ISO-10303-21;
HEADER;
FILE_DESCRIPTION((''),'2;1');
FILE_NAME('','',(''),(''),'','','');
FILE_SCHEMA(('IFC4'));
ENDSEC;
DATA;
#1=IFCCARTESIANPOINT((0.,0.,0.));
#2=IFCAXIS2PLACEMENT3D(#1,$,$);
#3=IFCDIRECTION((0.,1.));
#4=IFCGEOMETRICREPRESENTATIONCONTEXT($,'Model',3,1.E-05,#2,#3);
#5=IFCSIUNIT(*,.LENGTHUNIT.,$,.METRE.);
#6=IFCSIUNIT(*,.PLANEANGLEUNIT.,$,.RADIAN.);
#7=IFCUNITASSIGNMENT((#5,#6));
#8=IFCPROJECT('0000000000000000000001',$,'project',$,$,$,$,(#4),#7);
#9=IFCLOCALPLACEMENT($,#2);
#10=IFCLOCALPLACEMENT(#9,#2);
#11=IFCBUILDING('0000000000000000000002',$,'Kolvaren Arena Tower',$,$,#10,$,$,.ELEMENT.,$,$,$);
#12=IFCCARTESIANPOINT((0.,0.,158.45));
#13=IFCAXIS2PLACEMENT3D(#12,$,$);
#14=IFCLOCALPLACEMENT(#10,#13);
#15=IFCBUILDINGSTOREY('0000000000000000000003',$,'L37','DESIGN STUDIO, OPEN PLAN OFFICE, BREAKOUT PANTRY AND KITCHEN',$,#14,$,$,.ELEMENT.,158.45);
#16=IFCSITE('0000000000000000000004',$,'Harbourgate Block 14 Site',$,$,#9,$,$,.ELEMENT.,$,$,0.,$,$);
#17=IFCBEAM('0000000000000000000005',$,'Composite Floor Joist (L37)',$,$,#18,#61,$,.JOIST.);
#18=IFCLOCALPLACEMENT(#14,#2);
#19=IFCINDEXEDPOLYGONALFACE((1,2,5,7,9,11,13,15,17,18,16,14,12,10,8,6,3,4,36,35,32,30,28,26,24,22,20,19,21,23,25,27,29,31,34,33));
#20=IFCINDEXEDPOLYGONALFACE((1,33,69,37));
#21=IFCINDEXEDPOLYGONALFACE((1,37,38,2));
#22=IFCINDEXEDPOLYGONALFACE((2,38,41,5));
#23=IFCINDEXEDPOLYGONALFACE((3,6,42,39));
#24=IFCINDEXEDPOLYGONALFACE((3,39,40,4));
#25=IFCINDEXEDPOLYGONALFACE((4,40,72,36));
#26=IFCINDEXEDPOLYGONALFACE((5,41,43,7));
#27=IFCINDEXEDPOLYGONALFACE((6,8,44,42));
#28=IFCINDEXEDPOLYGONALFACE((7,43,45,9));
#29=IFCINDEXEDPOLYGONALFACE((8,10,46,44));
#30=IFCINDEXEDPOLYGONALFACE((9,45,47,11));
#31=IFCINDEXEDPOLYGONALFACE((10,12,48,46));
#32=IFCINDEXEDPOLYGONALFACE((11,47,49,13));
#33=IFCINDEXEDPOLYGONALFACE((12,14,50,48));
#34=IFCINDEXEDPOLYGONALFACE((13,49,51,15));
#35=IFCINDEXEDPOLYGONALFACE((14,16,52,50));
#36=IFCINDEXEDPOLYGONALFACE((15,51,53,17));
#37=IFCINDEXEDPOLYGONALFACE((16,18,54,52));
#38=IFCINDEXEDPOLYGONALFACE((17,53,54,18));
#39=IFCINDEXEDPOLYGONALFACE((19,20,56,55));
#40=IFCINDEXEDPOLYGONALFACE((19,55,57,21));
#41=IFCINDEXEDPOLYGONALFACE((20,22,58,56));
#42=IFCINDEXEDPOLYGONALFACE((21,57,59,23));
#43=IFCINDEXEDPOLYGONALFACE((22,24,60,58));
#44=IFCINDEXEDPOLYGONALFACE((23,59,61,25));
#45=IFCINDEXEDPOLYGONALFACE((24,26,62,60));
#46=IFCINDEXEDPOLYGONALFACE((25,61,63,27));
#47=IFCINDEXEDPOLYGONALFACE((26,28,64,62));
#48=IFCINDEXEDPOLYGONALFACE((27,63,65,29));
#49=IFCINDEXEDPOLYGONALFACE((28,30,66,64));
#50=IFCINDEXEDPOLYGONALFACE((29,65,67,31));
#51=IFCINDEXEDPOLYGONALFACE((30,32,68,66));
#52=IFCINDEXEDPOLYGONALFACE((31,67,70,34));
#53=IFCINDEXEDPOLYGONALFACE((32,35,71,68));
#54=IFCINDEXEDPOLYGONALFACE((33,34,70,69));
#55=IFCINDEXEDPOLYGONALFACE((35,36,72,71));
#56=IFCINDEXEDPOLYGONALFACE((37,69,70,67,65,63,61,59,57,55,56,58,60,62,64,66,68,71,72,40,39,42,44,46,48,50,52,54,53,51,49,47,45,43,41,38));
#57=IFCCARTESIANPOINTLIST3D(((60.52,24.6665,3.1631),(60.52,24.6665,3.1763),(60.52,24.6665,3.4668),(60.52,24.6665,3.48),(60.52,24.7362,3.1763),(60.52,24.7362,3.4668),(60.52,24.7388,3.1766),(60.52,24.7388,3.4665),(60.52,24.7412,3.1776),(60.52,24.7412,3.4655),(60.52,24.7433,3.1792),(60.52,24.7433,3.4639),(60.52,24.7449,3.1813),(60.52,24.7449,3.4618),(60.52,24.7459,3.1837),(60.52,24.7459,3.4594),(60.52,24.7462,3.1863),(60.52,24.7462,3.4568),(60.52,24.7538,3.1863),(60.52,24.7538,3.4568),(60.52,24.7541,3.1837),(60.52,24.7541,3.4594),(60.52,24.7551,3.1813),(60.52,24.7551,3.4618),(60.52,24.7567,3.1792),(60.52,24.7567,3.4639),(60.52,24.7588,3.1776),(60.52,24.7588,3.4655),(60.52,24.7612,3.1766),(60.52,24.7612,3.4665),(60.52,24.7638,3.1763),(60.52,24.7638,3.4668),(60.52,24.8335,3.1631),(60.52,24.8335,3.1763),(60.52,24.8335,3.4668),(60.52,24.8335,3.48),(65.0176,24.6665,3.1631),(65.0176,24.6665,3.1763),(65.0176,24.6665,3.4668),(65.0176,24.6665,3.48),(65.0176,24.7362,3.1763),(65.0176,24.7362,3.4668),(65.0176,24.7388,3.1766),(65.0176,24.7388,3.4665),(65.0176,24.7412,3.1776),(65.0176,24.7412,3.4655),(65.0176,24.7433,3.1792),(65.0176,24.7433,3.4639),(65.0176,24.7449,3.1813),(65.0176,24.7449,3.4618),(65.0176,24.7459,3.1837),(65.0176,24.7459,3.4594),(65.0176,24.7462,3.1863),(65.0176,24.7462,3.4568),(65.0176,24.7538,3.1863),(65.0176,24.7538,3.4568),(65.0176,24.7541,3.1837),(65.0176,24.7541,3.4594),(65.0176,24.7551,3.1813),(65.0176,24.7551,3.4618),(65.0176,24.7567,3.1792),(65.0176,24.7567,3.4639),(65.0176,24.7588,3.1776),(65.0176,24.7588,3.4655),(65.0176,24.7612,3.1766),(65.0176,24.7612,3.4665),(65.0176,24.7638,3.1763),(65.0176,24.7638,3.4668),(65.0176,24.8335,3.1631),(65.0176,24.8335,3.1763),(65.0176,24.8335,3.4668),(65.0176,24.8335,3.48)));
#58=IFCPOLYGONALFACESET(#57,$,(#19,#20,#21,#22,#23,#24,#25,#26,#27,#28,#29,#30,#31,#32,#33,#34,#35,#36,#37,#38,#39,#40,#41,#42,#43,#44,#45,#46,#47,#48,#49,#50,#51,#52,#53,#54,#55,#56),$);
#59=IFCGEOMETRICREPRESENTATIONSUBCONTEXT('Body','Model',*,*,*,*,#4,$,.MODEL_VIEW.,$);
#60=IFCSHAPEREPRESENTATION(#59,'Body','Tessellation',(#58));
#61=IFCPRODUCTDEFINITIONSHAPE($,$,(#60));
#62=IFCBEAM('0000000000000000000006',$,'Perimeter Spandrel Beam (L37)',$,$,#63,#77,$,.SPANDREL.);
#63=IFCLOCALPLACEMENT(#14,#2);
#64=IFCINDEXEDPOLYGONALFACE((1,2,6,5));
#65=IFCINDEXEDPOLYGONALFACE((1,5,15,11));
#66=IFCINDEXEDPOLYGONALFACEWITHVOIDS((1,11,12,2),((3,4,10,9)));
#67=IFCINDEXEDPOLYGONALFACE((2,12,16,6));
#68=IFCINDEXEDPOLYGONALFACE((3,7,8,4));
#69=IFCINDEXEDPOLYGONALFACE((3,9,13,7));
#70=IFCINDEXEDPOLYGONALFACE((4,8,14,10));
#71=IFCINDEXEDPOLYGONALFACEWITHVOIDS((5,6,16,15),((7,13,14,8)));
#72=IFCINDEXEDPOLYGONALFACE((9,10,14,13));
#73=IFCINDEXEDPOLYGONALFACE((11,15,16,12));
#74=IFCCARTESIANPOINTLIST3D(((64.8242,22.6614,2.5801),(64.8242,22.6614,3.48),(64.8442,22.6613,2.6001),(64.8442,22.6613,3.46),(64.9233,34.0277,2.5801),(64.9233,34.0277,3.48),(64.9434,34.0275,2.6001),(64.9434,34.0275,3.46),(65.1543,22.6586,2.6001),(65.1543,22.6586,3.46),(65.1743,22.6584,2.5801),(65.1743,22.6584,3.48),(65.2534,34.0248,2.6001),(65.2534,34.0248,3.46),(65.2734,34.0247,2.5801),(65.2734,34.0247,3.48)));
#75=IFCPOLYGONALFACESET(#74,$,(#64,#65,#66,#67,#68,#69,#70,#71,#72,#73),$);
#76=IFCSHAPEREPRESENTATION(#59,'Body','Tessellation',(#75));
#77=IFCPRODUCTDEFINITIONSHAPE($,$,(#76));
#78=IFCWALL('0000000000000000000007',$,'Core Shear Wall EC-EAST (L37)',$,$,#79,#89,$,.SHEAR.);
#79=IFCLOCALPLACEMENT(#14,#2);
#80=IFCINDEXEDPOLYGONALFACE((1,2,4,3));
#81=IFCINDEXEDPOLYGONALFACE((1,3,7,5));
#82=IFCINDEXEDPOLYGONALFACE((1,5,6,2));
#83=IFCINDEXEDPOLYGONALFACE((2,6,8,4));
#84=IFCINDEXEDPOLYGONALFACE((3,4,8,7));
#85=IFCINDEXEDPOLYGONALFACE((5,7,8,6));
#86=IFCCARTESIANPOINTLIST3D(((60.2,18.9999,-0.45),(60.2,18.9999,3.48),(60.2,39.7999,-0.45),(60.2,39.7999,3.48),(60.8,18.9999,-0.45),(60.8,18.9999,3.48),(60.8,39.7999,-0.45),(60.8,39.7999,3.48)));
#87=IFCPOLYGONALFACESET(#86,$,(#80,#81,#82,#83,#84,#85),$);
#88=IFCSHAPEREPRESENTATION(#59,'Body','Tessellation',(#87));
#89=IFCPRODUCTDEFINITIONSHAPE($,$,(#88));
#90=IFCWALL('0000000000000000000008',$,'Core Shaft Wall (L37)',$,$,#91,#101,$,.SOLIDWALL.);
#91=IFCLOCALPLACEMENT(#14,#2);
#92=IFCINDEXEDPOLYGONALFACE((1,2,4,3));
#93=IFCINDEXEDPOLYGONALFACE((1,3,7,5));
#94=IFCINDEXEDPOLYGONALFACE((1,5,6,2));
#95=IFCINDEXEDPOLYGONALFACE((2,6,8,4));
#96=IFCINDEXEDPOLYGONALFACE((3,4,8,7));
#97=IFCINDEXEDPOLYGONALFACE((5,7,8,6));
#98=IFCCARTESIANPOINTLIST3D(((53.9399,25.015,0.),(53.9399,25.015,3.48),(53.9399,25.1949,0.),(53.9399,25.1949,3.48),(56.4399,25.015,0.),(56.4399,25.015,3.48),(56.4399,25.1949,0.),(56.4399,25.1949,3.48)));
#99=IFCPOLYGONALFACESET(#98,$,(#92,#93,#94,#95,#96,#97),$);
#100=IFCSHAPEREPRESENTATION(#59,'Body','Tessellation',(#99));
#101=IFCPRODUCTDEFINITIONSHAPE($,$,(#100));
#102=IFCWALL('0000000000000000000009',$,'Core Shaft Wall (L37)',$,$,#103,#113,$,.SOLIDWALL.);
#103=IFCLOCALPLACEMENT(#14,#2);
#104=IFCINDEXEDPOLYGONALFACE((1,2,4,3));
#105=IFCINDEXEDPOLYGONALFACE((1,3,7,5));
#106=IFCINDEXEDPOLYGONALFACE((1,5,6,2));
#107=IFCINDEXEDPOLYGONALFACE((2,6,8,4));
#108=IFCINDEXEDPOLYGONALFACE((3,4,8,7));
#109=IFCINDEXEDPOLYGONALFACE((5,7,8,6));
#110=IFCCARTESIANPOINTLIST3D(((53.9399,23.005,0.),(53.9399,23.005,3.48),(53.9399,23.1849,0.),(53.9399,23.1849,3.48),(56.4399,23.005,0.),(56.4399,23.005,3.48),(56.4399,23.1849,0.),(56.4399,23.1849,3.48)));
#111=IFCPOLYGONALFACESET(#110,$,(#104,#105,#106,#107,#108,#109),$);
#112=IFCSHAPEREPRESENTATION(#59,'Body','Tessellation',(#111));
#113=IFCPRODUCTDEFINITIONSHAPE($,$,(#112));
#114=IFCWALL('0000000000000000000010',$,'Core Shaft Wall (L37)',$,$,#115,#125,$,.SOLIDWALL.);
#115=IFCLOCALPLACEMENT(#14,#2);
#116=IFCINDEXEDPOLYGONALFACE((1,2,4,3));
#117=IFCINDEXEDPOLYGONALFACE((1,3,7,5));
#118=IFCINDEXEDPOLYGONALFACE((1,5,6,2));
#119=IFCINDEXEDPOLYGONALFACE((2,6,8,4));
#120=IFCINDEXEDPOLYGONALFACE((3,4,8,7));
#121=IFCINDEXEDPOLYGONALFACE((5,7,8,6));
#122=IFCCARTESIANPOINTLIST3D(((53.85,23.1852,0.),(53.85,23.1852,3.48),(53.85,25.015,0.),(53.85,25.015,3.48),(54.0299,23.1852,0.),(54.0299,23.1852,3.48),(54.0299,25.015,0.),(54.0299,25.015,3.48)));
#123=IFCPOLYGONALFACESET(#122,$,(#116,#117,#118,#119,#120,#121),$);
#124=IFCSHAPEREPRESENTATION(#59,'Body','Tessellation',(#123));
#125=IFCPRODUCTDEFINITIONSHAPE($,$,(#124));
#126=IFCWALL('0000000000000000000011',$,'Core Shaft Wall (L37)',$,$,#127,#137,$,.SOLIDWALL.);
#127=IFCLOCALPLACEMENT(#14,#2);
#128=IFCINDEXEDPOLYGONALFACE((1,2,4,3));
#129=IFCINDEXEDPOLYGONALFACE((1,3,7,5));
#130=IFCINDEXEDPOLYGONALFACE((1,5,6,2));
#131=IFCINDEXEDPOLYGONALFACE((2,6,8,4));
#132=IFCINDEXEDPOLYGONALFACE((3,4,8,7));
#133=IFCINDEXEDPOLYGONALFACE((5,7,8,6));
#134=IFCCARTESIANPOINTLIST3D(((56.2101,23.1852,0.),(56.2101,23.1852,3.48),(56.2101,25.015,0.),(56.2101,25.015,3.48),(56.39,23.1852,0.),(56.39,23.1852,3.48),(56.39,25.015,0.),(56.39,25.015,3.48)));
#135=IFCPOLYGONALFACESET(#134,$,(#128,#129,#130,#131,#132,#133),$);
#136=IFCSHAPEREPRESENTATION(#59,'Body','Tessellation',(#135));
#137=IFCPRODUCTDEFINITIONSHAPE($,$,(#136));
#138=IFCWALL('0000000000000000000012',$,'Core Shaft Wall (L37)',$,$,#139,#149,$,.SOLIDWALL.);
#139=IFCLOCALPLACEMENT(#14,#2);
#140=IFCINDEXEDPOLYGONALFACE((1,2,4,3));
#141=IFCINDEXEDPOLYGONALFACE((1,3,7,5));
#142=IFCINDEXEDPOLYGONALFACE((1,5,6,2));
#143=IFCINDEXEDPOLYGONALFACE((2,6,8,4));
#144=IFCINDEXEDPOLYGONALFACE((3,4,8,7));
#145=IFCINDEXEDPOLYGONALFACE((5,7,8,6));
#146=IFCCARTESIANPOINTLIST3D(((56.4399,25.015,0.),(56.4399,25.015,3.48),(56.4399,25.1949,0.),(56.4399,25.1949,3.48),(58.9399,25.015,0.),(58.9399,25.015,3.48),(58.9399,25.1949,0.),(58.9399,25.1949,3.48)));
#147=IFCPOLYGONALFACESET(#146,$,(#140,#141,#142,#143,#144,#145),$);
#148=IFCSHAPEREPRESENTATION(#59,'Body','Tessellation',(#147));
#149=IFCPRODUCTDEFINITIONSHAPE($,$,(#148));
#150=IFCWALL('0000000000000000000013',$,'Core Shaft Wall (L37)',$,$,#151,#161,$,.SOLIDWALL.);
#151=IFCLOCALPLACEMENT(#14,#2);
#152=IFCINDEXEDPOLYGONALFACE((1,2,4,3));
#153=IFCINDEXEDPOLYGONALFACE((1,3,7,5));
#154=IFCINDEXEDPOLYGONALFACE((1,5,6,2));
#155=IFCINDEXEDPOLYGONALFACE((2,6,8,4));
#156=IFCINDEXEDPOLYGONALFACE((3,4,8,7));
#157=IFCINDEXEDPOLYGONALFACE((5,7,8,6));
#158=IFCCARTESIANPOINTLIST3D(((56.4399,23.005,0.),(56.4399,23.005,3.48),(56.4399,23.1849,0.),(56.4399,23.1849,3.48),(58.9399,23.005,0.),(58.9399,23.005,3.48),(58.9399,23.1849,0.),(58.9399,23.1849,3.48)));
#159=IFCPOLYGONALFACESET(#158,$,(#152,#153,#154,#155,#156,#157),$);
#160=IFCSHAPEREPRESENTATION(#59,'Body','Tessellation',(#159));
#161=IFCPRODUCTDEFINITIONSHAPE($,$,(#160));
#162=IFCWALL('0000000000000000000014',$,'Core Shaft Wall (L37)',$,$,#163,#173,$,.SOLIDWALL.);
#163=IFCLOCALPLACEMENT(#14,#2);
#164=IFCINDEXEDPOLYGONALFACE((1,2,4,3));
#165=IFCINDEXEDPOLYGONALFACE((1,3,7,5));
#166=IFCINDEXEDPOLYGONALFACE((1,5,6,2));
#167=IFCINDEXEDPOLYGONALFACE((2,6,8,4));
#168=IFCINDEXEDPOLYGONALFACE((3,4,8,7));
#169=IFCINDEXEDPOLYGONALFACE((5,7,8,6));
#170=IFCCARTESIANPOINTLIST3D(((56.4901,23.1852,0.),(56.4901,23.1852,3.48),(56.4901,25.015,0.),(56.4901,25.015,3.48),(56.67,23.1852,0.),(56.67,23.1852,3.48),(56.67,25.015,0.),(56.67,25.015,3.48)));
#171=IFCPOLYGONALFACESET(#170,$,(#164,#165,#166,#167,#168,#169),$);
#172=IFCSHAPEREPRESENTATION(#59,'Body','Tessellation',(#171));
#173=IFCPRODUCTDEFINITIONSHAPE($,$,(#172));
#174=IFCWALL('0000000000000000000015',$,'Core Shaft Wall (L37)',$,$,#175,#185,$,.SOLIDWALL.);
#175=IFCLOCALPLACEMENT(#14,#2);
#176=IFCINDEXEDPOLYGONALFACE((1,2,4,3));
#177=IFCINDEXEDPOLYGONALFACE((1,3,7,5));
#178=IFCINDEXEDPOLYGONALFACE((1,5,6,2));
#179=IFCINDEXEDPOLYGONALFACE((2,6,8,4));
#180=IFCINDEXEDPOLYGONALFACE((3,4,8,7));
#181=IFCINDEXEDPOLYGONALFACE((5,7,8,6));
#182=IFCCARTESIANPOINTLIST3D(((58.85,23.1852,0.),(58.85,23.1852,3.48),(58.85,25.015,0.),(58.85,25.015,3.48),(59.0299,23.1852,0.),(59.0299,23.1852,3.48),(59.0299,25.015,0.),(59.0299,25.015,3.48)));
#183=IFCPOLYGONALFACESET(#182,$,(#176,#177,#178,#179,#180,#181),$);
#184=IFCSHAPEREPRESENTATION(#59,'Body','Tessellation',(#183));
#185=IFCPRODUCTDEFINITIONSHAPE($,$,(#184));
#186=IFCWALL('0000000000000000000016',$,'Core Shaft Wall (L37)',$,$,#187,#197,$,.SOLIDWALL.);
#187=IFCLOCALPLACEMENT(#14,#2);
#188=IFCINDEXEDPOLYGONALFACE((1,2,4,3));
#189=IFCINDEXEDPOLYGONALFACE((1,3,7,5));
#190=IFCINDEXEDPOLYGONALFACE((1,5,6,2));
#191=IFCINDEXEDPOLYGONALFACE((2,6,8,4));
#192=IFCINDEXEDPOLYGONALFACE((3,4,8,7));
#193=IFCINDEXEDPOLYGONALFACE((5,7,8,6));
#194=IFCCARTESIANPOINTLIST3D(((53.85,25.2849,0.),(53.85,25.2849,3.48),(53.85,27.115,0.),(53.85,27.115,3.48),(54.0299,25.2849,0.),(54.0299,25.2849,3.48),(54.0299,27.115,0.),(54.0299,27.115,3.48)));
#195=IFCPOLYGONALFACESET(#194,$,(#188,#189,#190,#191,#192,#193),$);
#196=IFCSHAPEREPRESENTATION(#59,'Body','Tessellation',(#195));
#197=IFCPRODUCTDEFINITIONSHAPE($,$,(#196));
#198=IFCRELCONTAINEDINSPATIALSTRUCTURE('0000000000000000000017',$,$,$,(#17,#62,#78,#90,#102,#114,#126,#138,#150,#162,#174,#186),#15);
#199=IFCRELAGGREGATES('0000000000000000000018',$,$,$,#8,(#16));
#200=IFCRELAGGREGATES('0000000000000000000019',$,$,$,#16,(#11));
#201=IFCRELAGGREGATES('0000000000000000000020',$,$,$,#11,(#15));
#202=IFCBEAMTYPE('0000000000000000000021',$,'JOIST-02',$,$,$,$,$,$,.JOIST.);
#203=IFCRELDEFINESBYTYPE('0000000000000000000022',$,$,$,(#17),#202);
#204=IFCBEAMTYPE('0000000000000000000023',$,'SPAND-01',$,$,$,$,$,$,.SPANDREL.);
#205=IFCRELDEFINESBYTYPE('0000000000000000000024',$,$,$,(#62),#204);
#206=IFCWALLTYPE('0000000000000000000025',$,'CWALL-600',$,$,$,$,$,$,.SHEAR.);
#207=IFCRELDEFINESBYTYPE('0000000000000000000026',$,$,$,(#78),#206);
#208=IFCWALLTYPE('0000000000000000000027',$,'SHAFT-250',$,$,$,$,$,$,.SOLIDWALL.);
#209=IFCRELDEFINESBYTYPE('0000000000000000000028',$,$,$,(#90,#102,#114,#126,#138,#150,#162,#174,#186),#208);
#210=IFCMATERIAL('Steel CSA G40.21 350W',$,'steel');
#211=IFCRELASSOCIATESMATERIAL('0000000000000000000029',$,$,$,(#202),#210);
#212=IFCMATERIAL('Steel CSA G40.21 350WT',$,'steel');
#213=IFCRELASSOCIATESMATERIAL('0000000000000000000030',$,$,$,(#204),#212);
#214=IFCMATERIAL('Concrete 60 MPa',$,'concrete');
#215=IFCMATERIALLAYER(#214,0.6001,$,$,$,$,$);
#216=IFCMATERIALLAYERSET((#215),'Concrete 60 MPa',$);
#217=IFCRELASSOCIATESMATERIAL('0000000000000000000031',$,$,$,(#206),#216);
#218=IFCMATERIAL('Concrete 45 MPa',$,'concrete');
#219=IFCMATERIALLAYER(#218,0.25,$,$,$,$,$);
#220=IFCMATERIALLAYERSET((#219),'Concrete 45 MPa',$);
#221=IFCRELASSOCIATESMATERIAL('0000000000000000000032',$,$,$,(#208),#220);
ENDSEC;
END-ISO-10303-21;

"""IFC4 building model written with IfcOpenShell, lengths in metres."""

from ifc_helpers import new_model, si_unit, direction, frame, frame_2d, origin, origin_2d, place, context, subcontext, project, spatial, rectangle, hollow_rectangle, i_section, extrude, material, layer, layer_set, material_profile, profile_set, type_object, element, save


model = new_model("IFC4")

# Units and contexts
model_context = context("Model", 3, precision=1e-05, world=origin(), true_north=direction((0.0, 1.0)))
body_context = subcontext(model_context, "Body", "Model", "MODEL_VIEW")
ifc_project = project(units=[si_unit("LENGTHUNIT", "METRE"), si_unit("PLANEANGLEUNIT", "RADIAN")], contexts=[model_context])

# Site, building, storey
site_placement = place(None, origin())
site = spatial("IfcSite", under=ifc_project, at=site_placement, Name="Harbourgate Block 14 Site", CompositionType="ELEMENT", RefElevation=0.0)
building_placement = place(site_placement, origin())
building = spatial("IfcBuilding", under=site, at=building_placement, Name="Kolvaren Arena Tower", CompositionType="ELEMENT")
storey_placement = place(building_placement, frame((0.0, 0.0, 158.45)))
storey = spatial("IfcBuildingStorey", under=building, at=storey_placement, Name="L37", Description="DESIGN STUDIO, OPEN PLAN OFFICE, BREAKOUT PANTRY AND KITCHEN", CompositionType="ELEMENT", Elevation=158.45)

# Beams
ifc_material_1 = material(Name="Steel CSA G40.21 350W", Category="steel")
ifc_material_profile_1 = material_profile(ifc_material_1, i_section(OverallWidth=0.167, OverallDepth=0.3169, WebThickness=0.0076, FlangeThickness=0.0132, FilletRadius=0.01, at=origin_2d()), Name="W310x52")
ifc_profile_set_1 = profile_set([ifc_material_profile_1], Name="Steel CSA G40.21 350W")
beam_type_1 = type_object("IfcBeamType", Name="JOIST-02", PredefinedType="JOIST", material=ifc_profile_set_1)
beam_1_placement = place(storey_placement, frame((60.52, 24.75, 3.3215), z_axis=(1.0, 0.0, 0.0), x_axis=(0.0, 1.0, 0.0)))
element("IfcBeam", 1, at=beam_1_placement, inside=storey, type_object=beam_type_1, Name="Composite Floor Joist (L37)", PredefinedType="JOIST", context=body_context, shape_type="SweptSolid", body=[
    extrude(i_section(OverallWidth=0.167, OverallDepth=0.3169, WebThickness=0.0076, FlangeThickness=0.0132, FilletRadius=0.01, at=origin_2d()), origin(), (0.0, 0.0, 1.0), 4.4976),
])
ifc_material_2 = material(Name="Steel CSA G40.21 350WT", Category="steel")
ifc_material_profile_2 = material_profile(ifc_material_2, hollow_rectangle(XDim=0.3501, YDim=0.8999, WallThickness=0.02, at=origin_2d()), Name="HSS 900x350x20")
ifc_profile_set_2 = profile_set([ifc_material_profile_2], Name="Steel CSA G40.21 350WT")
beam_type_2 = type_object("IfcBeamType", Name="SPAND-01", PredefinedType="SPANDREL", material=ifc_profile_set_2)
beam_2_placement = place(storey_placement, frame((64.9993, 22.6599, 3.03), z_axis=(0.00872, 0.999962, 0.0), x_axis=(-0.999962, 0.00872, 0.0)))
element("IfcBeam", 2, at=beam_2_placement, inside=storey, type_object=beam_type_2, Name="Perimeter Spandrel Beam (L37)", PredefinedType="SPANDREL", context=body_context, shape_type="SweptSolid", body=[
    extrude(hollow_rectangle(XDim=0.3501, YDim=0.8999, WallThickness=0.02, at=origin_2d()), origin(), (0.0, 0.0, 1.0), 11.3667),
])

# Walls
ifc_material_3 = material(Name="Concrete 60 MPa", Category="concrete")
ifc_layer_1 = layer(ifc_material_3, 0.6001)
ifc_layer_set_1 = layer_set([ifc_layer_1], Name="Concrete 60 MPa")
wall_type_1 = type_object("IfcWallType", Name="CWALL-600", PredefinedType="SHEAR", material=ifc_layer_set_1)
wall_1_placement = place(storey_placement, frame((60.5, 19.0, -0.45), z_axis=(0.0, 0.0, 1.0), x_axis=(0.0, 1.0, 0.0)))
element("IfcWall", 3, at=wall_1_placement, inside=storey, type_object=wall_type_1, Name="Core Shear Wall EC-EAST (L37)", PredefinedType="SHEAR", context=body_context, shape_type="SweptSolid", body=[
    extrude(rectangle(XDim=20.8, YDim=0.6001, at=frame_2d((10.3999, 0.0))), origin(), (0.0, 0.0, 1.0), 3.9299),
])
ifc_material_4 = material(Name="Concrete 45 MPa", Category="concrete")
ifc_layer_2 = layer(ifc_material_4, 0.25)
ifc_layer_set_2 = layer_set([ifc_layer_2], Name="Concrete 45 MPa")
wall_type_2 = type_object("IfcWallType", Name="SHAFT-250", PredefinedType="SOLIDWALL", material=ifc_layer_set_2)
for number, where, z_axis, x_axis, name in (
    (4, (53.9399, 25.105, 0.0), (0.0, 0.0, 1.0), (1.0, 0.0, 0.0), "Core Shaft Wall (L37)"),
    (5, (53.9399, 23.095, 0.0), (0.0, 0.0, 1.0), (1.0, 0.0, 0.0), "Core Shaft Wall (L37)"),
):
    element("IfcWall", number, at=place(storey_placement, frame(where, z_axis=z_axis, x_axis=x_axis)), inside=storey, type_object=wall_type_2, Name=name, PredefinedType="SOLIDWALL", context=body_context, shape_type="SweptSolid", body=[
        extrude(rectangle(XDim=2.5, YDim=0.1799, at=frame_2d((1.25, 0.0))), origin(), (0.0, 0.0, 1.0), 3.48),
    ])
for number, where, z_axis, x_axis, name in (
    (6, (53.9399, 23.1851, 0.0), (0.0, 0.0, 1.0), (0.0, 1.0, 0.0), "Core Shaft Wall (L37)"),
    (7, (56.3, 23.1851, 0.0), (0.0, 0.0, 1.0), (0.0, 1.0, 0.0), "Core Shaft Wall (L37)"),
):
    element("IfcWall", number, at=place(storey_placement, frame(where, z_axis=z_axis, x_axis=x_axis)), inside=storey, type_object=wall_type_2, Name=name, PredefinedType="SOLIDWALL", context=body_context, shape_type="SweptSolid", body=[
        extrude(rectangle(XDim=1.8298, YDim=0.1799, at=frame_2d((0.915, 0.0))), origin(), (0.0, 0.0, 1.0), 3.48),
    ])
for number, where, z_axis, x_axis, name in (
    (8, (56.4399, 25.105, 0.0), (0.0, 0.0, 1.0), (1.0, 0.0, 0.0), "Core Shaft Wall (L37)"),
    (9, (56.4399, 23.095, 0.0), (0.0, 0.0, 1.0), (1.0, 0.0, 0.0), "Core Shaft Wall (L37)"),
):
    element("IfcWall", number, at=place(storey_placement, frame(where, z_axis=z_axis, x_axis=x_axis)), inside=storey, type_object=wall_type_2, Name=name, PredefinedType="SOLIDWALL", context=body_context, shape_type="SweptSolid", body=[
        extrude(rectangle(XDim=2.5, YDim=0.1799, at=frame_2d((1.25, 0.0))), origin(), (0.0, 0.0, 1.0), 3.48),
    ])
for number, where, z_axis, x_axis, name in (
    (10, (56.5801, 23.1851, 0.0), (0.0, 0.0, 1.0), (0.0, 1.0, 0.0), "Core Shaft Wall (L37)"),
    (11, (58.9399, 23.1851, 0.0), (0.0, 0.0, 1.0), (0.0, 1.0, 0.0), "Core Shaft Wall (L37)"),
):
    element("IfcWall", number, at=place(storey_placement, frame(where, z_axis=z_axis, x_axis=x_axis)), inside=storey, type_object=wall_type_2, Name=name, PredefinedType="SOLIDWALL", context=body_context, shape_type="SweptSolid", body=[
        extrude(rectangle(XDim=1.8298, YDim=0.1799, at=frame_2d((0.915, 0.0))), origin(), (0.0, 0.0, 1.0), 3.48),
    ])
for number, where, z_axis, x_axis, name in (
    (12, (53.9399, 25.2849, 0.0), (0.0, 0.0, 1.0), (0.0, 1.0, 0.0), "Core Shaft Wall (L37)"),
):
    element("IfcWall", number, at=place(storey_placement, frame(where, z_axis=z_axis, x_axis=x_axis)), inside=storey, type_object=wall_type_2, Name=name, PredefinedType="SOLIDWALL", context=body_context, shape_type="SweptSolid", body=[
        extrude(rectangle(XDim=1.8301, YDim=0.1799, at=frame_2d((0.915, 0.0))), origin(), (0.0, 0.0, 1.0), 3.48),
    ])

save(model, "model.ifc")
